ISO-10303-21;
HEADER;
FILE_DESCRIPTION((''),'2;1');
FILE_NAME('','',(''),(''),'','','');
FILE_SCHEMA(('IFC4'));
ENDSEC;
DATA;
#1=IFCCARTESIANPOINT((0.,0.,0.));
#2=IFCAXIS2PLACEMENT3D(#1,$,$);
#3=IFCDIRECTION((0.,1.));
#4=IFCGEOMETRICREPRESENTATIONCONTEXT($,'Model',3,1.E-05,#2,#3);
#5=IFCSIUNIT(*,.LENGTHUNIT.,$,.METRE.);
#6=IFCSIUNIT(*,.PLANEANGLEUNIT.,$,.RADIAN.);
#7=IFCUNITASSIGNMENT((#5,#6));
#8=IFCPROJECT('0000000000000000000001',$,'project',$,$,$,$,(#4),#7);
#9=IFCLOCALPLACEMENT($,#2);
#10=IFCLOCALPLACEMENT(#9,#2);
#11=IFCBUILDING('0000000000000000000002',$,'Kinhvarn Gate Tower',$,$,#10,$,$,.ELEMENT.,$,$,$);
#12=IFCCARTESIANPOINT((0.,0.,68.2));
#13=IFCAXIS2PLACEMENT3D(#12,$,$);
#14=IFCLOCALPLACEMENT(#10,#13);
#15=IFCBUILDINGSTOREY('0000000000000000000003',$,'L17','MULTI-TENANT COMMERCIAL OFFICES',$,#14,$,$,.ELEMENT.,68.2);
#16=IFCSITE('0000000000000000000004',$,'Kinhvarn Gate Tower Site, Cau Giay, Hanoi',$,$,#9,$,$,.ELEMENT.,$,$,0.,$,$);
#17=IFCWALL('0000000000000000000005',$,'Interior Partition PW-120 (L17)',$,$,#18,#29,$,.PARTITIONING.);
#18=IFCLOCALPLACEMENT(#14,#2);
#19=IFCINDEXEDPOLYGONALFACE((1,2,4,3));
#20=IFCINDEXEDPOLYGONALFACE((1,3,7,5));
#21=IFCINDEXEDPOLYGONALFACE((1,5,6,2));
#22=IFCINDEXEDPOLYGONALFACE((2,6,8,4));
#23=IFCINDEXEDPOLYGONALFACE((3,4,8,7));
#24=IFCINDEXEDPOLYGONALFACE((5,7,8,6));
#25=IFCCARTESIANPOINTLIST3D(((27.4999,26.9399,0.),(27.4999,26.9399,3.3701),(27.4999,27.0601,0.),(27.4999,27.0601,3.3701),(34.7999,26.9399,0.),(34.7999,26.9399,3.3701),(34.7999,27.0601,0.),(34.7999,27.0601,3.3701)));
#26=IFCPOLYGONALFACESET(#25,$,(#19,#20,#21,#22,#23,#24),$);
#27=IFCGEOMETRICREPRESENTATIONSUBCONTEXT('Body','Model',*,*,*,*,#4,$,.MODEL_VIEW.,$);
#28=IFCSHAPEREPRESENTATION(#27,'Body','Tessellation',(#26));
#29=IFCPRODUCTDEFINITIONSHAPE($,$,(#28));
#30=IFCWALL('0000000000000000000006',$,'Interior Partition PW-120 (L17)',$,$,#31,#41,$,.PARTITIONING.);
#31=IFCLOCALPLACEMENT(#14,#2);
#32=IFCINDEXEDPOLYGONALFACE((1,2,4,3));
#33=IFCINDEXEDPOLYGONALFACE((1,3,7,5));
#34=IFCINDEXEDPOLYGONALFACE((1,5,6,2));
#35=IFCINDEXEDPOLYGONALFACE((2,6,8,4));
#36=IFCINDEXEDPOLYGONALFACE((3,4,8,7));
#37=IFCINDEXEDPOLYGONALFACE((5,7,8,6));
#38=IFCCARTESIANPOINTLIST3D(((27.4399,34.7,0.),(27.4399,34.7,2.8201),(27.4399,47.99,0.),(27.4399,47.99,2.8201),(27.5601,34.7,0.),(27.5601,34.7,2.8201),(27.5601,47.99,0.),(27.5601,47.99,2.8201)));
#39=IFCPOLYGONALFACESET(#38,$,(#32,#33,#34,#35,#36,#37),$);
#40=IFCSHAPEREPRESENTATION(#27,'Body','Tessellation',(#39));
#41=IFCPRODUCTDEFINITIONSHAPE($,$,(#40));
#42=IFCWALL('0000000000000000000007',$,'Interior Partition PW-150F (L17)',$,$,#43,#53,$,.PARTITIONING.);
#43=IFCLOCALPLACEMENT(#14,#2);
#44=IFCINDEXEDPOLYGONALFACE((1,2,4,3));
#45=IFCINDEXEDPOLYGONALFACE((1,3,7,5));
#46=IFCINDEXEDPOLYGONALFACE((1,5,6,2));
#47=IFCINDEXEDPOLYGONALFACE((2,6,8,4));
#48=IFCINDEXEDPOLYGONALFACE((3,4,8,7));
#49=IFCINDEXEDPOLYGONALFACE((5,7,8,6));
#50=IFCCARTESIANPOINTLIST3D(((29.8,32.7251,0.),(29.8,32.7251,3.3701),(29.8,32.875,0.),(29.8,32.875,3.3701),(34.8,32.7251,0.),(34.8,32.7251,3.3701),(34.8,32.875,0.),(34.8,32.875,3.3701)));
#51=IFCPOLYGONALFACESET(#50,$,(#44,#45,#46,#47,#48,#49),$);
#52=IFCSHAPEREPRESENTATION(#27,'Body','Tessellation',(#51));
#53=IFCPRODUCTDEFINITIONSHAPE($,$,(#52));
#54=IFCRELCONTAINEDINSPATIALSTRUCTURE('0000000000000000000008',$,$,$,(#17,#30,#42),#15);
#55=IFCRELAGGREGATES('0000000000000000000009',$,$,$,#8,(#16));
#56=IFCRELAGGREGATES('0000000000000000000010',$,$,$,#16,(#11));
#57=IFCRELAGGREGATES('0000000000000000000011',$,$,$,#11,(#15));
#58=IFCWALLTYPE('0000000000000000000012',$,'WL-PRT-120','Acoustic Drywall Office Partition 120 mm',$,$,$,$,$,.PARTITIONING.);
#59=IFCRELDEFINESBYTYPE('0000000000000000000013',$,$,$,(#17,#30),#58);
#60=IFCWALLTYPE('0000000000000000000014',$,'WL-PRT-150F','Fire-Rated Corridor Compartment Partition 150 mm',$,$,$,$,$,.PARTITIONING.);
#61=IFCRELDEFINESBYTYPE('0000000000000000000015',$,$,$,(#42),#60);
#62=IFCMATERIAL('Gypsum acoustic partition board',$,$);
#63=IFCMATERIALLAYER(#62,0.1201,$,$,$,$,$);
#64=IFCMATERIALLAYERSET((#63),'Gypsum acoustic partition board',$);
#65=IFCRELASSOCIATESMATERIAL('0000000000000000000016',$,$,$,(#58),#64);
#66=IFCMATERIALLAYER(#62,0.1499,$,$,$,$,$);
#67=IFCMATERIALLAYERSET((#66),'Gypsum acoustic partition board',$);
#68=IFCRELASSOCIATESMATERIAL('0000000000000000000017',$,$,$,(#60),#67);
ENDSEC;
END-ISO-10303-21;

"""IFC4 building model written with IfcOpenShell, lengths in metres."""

from ifc_helpers import new_model, si_unit, direction, frame, frame_2d, origin, place, context, subcontext, project, spatial, rectangle, extrude, material, layer, layer_set, type_object, element, save


model = new_model("IFC4")

# Units and contexts
model_context = context("Model", 3, precision=1e-05, world=origin(), true_north=direction((0.0, 1.0)))
body_context = subcontext(model_context, "Body", "Model", "MODEL_VIEW")
ifc_project = project(units=[si_unit("LENGTHUNIT", "METRE"), si_unit("PLANEANGLEUNIT", "RADIAN")], contexts=[model_context])

# Site, building, storey
site_placement = place(None, origin())
site = spatial("IfcSite", under=ifc_project, at=site_placement, Name="Kinhvarn Gate Tower Site, Cau Giay, Hanoi", CompositionType="ELEMENT", RefElevation=0.0)
building_placement = place(site_placement, origin())
building = spatial("IfcBuilding", under=site, at=building_placement, Name="Kinhvarn Gate Tower", CompositionType="ELEMENT")
storey_placement = place(building_placement, frame((0.0, 0.0, 68.2)))
storey = spatial("IfcBuildingStorey", under=building, at=storey_placement, Name="L17", Description="MULTI-TENANT COMMERCIAL OFFICES", CompositionType="ELEMENT", Elevation=68.2)

# Shared definitions
ifc_material_1 = material(Name="Gypsum acoustic partition board")

# Walls
ifc_layer_1 = layer(ifc_material_1, 0.1201)
ifc_layer_set_1 = layer_set([ifc_layer_1], Name="Gypsum acoustic partition board")
wall_type_1 = type_object("IfcWallType", Name="WL-PRT-120", Description="Acoustic Drywall Office Partition 120 mm", PredefinedType="PARTITIONING", material=ifc_layer_set_1)
for number, where, z_axis, x_axis, name in (
    (1, (27.5, 27.0, 0.0), (0.0, 0.0, 1.0), (1.0, 0.0, 0.0), "Interior Partition PW-120 (L17)"),
):
    element("IfcWall", number, at=place(storey_placement, frame(where, z_axis=z_axis, x_axis=x_axis)), inside=storey, type_object=wall_type_1, Name=name, PredefinedType="PARTITIONING", context=body_context, shape_type="SweptSolid", body=[
        extrude(rectangle(XDim=7.3, YDim=0.1201, at=frame_2d((3.6499, 0.0))), origin(), (0.0, 0.0, 1.0), 3.3701),
    ])
wall_1_placement = place(storey_placement, frame((27.5, 34.7, 0.0), z_axis=(0.0, 0.0, 1.0), x_axis=(0.0, 1.0, 0.0)))
element("IfcWall", 2, at=wall_1_placement, inside=storey, type_object=wall_type_1, Name="Interior Partition PW-120 (L17)", PredefinedType="PARTITIONING", context=body_context, shape_type="SweptSolid", body=[
    extrude(rectangle(XDim=13.29, YDim=0.1201, at=frame_2d((6.645, 0.0))), origin(), (0.0, 0.0, 1.0), 2.8201),
])
ifc_layer_2 = layer(ifc_material_1, 0.1499)
ifc_layer_set_2 = layer_set([ifc_layer_2], Name="Gypsum acoustic partition board")
wall_type_2 = type_object("IfcWallType", Name="WL-PRT-150F", Description="Fire-Rated Corridor Compartment Partition 150 mm", PredefinedType="PARTITIONING", material=ifc_layer_set_2)
wall_2_placement = place(storey_placement, frame((29.8, 32.8, 0.0), z_axis=(0.0, 0.0, 1.0), x_axis=(1.0, 0.0, 0.0)))
element("IfcWall", 3, at=wall_2_placement, inside=storey, type_object=wall_type_2, Name="Interior Partition PW-150F (L17)", PredefinedType="PARTITIONING", context=body_context, shape_type="SweptSolid", body=[
    extrude(rectangle(XDim=5.0, YDim=0.1499, at=frame_2d((2.5, 0.0))), origin(), (0.0, 0.0, 1.0), 3.3701),
])

save(model, "model.ifc")
